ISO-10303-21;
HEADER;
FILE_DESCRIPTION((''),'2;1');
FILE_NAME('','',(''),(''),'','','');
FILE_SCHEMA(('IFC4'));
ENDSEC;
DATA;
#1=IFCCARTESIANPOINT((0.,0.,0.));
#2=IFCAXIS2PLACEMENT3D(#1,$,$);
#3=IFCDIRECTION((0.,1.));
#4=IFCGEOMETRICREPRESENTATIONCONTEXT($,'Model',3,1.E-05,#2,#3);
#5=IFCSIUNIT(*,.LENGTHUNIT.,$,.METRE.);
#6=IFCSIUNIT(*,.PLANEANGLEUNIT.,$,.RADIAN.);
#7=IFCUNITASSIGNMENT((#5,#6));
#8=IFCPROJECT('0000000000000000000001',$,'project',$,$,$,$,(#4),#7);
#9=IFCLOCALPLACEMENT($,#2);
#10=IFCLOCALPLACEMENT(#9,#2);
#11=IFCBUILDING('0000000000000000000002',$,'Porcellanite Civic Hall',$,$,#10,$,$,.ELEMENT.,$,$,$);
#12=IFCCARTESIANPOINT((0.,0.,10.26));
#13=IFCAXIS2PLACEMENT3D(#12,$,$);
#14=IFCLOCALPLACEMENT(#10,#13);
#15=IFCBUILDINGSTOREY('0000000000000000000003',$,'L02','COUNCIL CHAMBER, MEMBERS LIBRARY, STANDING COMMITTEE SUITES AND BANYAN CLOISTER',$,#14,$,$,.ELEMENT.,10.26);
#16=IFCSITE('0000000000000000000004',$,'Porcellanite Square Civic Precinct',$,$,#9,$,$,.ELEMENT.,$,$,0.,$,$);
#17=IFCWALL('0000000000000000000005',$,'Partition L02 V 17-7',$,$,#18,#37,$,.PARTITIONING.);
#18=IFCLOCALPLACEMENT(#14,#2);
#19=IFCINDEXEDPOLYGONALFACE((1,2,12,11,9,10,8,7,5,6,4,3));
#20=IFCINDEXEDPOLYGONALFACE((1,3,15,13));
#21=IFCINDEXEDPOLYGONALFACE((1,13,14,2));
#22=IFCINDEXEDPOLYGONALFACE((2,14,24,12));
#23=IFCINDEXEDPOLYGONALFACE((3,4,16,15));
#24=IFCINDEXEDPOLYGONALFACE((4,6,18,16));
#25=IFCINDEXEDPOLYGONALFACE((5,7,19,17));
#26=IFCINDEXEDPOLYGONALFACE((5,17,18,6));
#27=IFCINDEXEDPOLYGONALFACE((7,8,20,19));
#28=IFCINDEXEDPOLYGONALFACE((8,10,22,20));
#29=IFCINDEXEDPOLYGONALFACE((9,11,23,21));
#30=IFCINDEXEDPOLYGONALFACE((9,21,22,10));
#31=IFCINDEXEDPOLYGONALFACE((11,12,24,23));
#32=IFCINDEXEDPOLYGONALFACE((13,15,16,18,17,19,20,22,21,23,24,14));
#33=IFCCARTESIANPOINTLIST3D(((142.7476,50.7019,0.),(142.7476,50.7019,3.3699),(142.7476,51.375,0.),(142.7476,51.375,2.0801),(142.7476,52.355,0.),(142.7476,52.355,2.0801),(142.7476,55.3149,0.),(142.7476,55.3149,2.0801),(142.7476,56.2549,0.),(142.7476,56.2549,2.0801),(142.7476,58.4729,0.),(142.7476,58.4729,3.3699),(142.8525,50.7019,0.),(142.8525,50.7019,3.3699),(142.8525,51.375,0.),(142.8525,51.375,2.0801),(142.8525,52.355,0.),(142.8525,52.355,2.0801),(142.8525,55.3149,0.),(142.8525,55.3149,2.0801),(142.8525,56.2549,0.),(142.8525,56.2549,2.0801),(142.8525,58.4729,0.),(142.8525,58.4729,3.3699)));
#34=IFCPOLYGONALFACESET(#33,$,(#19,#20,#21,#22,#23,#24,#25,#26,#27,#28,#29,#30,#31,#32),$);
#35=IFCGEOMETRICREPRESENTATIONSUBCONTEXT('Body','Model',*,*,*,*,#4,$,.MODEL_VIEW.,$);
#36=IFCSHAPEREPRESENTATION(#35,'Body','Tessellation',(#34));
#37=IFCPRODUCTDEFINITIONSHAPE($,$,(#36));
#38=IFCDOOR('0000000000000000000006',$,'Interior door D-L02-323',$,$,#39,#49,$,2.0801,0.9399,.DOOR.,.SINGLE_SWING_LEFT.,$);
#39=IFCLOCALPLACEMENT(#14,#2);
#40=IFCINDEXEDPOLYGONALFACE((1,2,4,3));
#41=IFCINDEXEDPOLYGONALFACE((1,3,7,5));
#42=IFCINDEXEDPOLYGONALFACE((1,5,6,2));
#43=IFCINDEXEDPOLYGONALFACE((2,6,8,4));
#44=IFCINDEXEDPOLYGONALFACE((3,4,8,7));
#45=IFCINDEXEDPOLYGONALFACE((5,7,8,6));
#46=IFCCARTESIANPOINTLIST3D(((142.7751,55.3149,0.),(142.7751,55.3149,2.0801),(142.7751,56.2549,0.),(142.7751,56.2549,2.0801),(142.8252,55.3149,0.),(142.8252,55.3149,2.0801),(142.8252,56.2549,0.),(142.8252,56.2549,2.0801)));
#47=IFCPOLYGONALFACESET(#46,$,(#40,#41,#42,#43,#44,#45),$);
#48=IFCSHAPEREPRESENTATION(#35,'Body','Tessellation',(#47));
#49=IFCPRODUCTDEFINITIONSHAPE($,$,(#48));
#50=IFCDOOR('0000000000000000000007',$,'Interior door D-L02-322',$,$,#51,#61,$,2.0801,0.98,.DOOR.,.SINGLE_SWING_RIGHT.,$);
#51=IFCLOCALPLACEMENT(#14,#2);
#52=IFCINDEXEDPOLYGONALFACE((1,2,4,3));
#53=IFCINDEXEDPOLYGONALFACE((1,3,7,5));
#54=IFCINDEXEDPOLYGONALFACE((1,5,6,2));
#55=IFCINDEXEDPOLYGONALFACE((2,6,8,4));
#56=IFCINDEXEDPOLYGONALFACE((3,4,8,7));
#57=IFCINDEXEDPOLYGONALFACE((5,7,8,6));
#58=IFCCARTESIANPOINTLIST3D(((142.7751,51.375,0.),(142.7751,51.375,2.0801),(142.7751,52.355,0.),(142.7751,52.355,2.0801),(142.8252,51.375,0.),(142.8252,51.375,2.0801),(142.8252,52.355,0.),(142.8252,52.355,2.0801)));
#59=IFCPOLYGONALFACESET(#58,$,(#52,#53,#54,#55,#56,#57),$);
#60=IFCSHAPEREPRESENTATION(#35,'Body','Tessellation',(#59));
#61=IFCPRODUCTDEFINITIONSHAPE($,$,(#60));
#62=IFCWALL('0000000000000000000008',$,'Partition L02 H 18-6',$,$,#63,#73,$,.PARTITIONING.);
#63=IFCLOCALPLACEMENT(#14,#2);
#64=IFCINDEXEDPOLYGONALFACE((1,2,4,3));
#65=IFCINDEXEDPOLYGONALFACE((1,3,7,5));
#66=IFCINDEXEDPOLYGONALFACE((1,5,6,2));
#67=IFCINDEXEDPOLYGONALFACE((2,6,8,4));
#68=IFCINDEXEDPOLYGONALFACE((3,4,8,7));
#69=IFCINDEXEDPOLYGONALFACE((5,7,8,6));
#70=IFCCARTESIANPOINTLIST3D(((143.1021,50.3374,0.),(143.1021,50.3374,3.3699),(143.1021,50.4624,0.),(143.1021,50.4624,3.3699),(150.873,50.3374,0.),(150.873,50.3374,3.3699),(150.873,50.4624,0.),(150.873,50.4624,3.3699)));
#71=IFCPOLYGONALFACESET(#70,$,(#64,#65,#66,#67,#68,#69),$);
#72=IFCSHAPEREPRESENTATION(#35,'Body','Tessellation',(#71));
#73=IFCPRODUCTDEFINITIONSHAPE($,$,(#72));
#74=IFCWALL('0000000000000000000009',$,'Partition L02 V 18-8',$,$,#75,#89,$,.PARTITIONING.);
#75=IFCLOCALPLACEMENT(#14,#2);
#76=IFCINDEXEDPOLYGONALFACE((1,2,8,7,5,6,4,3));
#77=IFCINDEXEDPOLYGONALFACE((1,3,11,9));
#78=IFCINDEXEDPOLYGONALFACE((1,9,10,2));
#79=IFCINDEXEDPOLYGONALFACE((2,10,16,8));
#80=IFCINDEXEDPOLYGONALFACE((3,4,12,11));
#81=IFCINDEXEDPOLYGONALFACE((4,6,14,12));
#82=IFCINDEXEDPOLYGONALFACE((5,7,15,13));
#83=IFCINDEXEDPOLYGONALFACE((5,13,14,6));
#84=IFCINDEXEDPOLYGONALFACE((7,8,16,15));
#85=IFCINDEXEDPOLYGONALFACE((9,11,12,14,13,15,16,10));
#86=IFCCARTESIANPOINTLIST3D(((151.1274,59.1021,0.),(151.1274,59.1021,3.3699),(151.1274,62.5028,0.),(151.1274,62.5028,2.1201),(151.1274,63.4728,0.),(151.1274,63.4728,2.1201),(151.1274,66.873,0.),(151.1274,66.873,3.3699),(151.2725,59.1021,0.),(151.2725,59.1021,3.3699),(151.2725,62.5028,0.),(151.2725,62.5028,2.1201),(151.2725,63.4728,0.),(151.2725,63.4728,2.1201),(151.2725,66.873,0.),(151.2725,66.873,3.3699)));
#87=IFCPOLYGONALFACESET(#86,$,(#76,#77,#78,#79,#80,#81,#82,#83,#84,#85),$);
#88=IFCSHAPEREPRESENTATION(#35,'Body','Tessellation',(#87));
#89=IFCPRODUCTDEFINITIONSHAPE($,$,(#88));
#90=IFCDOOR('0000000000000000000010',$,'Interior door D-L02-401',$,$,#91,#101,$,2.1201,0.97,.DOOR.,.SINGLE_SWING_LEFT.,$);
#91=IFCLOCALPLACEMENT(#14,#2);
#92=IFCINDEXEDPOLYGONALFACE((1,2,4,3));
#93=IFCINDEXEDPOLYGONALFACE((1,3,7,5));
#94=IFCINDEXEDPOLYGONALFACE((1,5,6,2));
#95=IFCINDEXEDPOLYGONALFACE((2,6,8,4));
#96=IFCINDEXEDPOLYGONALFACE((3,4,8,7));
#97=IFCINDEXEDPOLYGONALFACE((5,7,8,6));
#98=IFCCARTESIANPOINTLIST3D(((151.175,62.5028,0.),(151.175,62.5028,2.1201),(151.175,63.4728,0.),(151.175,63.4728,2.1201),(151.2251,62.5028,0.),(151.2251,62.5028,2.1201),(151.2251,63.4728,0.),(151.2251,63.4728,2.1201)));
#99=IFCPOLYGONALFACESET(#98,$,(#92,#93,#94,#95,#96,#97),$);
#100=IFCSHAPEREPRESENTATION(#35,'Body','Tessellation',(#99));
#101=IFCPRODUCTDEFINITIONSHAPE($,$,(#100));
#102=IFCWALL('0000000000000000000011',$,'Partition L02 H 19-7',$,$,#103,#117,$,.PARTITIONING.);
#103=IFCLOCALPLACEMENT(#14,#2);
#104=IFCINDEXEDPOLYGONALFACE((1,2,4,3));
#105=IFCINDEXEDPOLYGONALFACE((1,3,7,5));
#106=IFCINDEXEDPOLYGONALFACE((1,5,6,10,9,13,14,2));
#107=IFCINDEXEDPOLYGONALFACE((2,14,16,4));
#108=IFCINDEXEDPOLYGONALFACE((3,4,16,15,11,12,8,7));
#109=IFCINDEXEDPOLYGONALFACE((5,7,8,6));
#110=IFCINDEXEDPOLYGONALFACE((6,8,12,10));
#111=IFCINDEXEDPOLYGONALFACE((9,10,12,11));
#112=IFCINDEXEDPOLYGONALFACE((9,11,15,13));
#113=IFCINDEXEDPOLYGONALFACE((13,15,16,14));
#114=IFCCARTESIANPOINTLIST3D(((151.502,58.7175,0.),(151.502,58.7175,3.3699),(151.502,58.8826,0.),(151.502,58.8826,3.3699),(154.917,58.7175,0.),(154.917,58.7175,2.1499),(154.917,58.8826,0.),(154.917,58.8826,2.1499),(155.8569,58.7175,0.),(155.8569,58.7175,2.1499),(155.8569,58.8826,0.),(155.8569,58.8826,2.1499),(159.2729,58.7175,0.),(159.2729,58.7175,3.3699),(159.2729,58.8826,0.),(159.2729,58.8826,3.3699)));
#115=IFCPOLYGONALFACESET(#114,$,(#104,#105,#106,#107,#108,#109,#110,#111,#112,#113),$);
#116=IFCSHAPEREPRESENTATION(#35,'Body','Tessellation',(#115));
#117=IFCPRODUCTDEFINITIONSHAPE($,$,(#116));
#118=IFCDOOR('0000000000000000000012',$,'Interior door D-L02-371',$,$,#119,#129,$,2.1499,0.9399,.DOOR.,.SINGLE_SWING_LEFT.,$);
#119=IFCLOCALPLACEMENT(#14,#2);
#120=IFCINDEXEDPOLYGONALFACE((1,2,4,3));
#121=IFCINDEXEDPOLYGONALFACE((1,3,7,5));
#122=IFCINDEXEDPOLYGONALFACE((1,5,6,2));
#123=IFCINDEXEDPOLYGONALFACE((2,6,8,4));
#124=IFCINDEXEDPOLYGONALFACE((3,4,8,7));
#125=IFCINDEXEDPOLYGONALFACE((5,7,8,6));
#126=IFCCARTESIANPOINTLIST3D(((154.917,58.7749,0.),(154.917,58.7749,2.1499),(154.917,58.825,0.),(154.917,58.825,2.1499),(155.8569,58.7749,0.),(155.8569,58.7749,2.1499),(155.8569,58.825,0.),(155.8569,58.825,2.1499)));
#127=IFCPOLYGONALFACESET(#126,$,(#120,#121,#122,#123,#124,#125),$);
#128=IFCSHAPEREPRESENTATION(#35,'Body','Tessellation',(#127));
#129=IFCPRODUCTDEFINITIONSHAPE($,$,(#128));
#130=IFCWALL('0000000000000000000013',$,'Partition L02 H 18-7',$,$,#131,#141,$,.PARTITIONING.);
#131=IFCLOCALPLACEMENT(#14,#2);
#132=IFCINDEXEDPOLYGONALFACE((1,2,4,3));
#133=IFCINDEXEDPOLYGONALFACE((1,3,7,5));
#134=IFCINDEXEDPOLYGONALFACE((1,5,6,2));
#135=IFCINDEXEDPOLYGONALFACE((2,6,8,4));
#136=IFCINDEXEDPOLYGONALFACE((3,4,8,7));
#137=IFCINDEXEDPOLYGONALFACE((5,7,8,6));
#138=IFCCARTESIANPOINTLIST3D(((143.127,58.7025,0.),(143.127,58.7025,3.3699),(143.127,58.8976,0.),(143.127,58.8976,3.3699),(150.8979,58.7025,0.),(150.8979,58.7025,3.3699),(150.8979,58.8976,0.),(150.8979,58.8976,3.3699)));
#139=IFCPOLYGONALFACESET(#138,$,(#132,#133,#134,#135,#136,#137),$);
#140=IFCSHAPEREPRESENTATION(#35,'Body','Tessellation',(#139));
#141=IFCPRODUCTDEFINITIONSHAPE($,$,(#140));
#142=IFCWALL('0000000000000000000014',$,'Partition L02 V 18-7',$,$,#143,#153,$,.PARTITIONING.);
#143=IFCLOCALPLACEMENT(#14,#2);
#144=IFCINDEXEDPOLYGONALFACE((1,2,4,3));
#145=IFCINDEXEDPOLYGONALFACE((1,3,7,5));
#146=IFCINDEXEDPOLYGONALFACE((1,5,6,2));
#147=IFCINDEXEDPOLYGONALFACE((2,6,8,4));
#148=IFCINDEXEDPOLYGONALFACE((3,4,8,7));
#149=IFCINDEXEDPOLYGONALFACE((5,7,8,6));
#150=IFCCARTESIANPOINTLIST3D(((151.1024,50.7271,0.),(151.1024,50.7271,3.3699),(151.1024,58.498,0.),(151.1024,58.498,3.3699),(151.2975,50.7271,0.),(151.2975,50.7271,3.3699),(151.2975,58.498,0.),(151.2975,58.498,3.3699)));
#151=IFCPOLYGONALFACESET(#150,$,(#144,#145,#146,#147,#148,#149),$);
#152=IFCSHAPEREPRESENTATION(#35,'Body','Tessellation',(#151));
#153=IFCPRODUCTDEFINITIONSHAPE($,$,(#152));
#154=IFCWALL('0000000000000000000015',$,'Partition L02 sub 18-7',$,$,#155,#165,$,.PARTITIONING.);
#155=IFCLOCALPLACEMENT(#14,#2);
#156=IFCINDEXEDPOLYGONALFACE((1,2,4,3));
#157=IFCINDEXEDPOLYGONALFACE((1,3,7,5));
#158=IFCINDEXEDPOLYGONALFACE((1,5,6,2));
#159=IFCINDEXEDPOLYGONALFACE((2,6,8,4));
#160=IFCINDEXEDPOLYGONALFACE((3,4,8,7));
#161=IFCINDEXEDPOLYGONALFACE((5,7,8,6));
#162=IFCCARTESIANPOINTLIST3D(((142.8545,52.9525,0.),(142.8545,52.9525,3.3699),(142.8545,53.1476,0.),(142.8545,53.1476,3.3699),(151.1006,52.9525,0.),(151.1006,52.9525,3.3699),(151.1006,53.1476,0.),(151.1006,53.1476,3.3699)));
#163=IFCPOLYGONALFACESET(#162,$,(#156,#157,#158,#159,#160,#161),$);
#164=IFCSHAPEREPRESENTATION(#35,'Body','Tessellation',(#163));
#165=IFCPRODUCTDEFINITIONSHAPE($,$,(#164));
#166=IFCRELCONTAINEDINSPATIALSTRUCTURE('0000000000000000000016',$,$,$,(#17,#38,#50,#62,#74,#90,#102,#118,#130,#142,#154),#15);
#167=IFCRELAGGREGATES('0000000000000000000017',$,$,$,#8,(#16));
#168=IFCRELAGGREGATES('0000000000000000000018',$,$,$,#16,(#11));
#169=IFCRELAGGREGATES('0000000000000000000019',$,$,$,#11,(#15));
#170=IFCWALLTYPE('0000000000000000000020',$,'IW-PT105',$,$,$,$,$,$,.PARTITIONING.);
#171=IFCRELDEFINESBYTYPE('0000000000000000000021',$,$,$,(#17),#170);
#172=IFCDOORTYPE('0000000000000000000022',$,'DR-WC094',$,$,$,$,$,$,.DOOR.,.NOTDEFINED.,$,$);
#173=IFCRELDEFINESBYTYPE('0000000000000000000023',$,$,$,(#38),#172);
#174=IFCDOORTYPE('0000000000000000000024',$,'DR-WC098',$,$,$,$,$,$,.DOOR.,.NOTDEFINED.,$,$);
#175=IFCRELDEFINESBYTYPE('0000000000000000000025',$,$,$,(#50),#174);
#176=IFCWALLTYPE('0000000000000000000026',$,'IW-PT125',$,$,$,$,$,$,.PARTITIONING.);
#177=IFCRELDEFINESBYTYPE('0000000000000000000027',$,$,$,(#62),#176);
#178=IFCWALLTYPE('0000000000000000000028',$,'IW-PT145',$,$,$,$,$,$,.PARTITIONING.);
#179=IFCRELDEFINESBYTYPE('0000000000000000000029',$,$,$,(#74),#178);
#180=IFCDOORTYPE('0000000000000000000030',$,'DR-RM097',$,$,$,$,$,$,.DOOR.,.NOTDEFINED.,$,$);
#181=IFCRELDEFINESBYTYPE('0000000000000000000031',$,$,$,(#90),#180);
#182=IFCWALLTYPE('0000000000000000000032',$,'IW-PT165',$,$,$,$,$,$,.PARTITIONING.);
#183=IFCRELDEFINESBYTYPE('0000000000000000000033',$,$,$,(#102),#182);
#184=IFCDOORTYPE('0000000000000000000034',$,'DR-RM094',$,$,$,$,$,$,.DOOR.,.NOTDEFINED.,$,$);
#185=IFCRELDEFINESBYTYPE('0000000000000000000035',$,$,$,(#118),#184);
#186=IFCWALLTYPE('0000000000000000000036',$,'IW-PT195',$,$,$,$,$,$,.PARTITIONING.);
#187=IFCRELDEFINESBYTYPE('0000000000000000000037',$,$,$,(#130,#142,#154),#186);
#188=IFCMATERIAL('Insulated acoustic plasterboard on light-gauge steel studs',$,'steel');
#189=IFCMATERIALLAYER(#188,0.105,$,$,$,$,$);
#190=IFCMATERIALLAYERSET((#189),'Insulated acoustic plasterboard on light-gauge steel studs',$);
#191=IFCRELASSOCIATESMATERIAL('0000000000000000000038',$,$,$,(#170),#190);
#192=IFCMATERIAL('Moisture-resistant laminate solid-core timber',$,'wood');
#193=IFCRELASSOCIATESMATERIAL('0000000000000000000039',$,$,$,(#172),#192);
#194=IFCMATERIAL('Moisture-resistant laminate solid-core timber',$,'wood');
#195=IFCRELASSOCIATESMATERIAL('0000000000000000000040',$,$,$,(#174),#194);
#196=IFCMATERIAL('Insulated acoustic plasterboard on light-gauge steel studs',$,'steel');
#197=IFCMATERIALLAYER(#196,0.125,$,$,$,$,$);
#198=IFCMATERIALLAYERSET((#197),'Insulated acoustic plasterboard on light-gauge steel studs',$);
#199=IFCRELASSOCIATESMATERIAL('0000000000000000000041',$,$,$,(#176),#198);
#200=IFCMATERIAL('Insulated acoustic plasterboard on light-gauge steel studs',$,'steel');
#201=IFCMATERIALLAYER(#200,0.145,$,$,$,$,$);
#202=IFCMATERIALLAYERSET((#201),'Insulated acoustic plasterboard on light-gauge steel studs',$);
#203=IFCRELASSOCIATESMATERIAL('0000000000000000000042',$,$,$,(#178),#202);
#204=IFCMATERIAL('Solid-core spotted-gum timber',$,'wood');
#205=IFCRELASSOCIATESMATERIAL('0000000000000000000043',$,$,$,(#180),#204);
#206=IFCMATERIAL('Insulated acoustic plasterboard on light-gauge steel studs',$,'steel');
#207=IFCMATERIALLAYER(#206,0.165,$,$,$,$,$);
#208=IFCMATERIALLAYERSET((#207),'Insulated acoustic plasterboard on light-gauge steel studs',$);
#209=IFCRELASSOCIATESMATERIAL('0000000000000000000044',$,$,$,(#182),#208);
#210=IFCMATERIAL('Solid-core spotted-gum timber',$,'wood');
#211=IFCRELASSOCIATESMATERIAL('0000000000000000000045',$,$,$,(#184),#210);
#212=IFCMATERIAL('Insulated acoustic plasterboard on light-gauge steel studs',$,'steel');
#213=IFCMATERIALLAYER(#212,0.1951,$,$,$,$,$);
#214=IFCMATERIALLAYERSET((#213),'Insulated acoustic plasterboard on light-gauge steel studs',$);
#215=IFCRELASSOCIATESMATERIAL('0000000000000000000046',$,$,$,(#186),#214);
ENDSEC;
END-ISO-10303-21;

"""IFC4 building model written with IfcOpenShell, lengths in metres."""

from ifc_helpers import new_model, si_unit, direction, frame, frame_2d, origin, place, context, subcontext, project, spatial, rectangle, extrude, material, layer, layer_set, type_object, element, fill, save


model = new_model("IFC4")

# Units and contexts
model_context = context("Model", 3, precision=1e-05, world=origin(), true_north=direction((0.0, 1.0)))
body_context = subcontext(model_context, "Body", "Model", "MODEL_VIEW")
ifc_project = project(units=[si_unit("LENGTHUNIT", "METRE"), si_unit("PLANEANGLEUNIT", "RADIAN")], contexts=[model_context])

# Site, building, storey
site_placement = place(None, origin())
site = spatial("IfcSite", under=ifc_project, at=site_placement, Name="Porcellanite Square Civic Precinct", CompositionType="ELEMENT", RefElevation=0.0)
building_placement = place(site_placement, origin())
building = spatial("IfcBuilding", under=site, at=building_placement, Name="Porcellanite Civic Hall", CompositionType="ELEMENT")
storey_placement = place(building_placement, frame((0.0, 0.0, 10.26)))
storey = spatial("IfcBuildingStorey", under=building, at=storey_placement, Name="L02", Description="COUNCIL CHAMBER, MEMBERS LIBRARY, STANDING COMMITTEE SUITES AND BANYAN CLOISTER", CompositionType="ELEMENT", Elevation=10.26)

# Wall, openings, doors
ifc_material_1 = material(Name="Insulated acoustic plasterboard on light-gauge steel studs", Category="steel")
ifc_layer_1 = layer(ifc_material_1, 0.105)
ifc_layer_set_1 = layer_set([ifc_layer_1], Name="Insulated acoustic plasterboard on light-gauge steel studs")
wall_type_1 = type_object("IfcWallType", Name="IW-PT105", PredefinedType="PARTITIONING", material=ifc_layer_set_1)
wall_1_placement = place(storey_placement, frame((142.8, 50.7019, 0.0), z_axis=(0.0, 0.0, 1.0), x_axis=(0.0, 1.0, 0.0)))
wall_1 = element("IfcWall", 1, at=wall_1_placement, inside=storey, type_object=wall_type_1, Name="Partition L02 V 17-7", PredefinedType="PARTITIONING", context=body_context, shape_type="SweptSolid", body=[
    extrude(rectangle(XDim=7.771, YDim=0.105, at=frame_2d((3.8855, 0.0))), origin(), (0.0, 0.0, 1.0), 3.3699),
])
opening_1_placement = place(wall_1_placement, frame((0.6731, 0.0, 0.0)))
opening_1 = element("IfcOpeningElement", 2, at=opening_1_placement, cuts=wall_1, PredefinedType="OPENING", context=body_context, shape_type="SweptSolid", body=[
    extrude(rectangle(XDim=0.98, YDim=2.0801, at=frame_2d((0.49, 1.04))), frame((0.0, 0.0525, 0.0), z_axis=(0.0, -1.0, 0.0), x_axis=(1.0, 0.0, 0.0)), (0.0, 0.0, 1.0), 0.105),
])
opening_2_placement = place(wall_1_placement, frame((4.613, 0.0, 0.0)))
opening_2 = element("IfcOpeningElement", 3, at=opening_2_placement, cuts=wall_1, PredefinedType="OPENING", context=body_context, shape_type="SweptSolid", body=[
    extrude(rectangle(XDim=0.9399, YDim=2.0801, at=frame_2d((0.47, 1.04))), frame((0.0, 0.0525, 0.0), z_axis=(0.0, -1.0, 0.0), x_axis=(1.0, 0.0, 0.0)), (0.0, 0.0, 1.0), 0.105),
])
ifc_material_2 = material(Name="Moisture-resistant laminate solid-core timber", Category="wood")
door_type_1 = type_object("IfcDoorType", Name="DR-WC094", OperationType="NOTDEFINED", PredefinedType="DOOR", material=ifc_material_2)
door_1_placement = place(opening_2_placement, origin())
door_1 = element("IfcDoor", 4, at=door_1_placement, inside=storey, type_object=door_type_1, Name="Interior door D-L02-323", OperationType="SINGLE_SWING_LEFT", OverallHeight=2.0801, OverallWidth=0.9399, PredefinedType="DOOR", context=body_context, shape_type="SweptSolid", body=[
    extrude(rectangle(XDim=0.9399, YDim=2.0801, at=frame_2d((0.47, 1.04))), frame((0.0, 0.0249, 0.0), z_axis=(0.0, -1.0, 0.0), x_axis=(1.0, 0.0, 0.0)), (0.0, 0.0, 1.0), 0.05),
])
fill(opening_2, door_1)
ifc_material_3 = material(Name="Moisture-resistant laminate solid-core timber", Category="wood")
door_type_2 = type_object("IfcDoorType", Name="DR-WC098", OperationType="NOTDEFINED", PredefinedType="DOOR", material=ifc_material_3)
door_2_placement = place(opening_1_placement, origin())
door_2 = element("IfcDoor", 5, at=door_2_placement, inside=storey, type_object=door_type_2, Name="Interior door D-L02-322", OperationType="SINGLE_SWING_RIGHT", OverallHeight=2.0801, OverallWidth=0.98, PredefinedType="DOOR", context=body_context, shape_type="SweptSolid", body=[
    extrude(rectangle(XDim=0.98, YDim=2.0801, at=frame_2d((0.49, 1.04))), frame((0.0, 0.0249, 0.0), z_axis=(0.0, -1.0, 0.0), x_axis=(1.0, 0.0, 0.0)), (0.0, 0.0, 1.0), 0.05),
])
fill(opening_1, door_2)

# Wall
ifc_material_4 = material(Name="Insulated acoustic plasterboard on light-gauge steel studs", Category="steel")
ifc_layer_2 = layer(ifc_material_4, 0.125)
ifc_layer_set_2 = layer_set([ifc_layer_2], Name="Insulated acoustic plasterboard on light-gauge steel studs")
wall_type_2 = type_object("IfcWallType", Name="IW-PT125", PredefinedType="PARTITIONING", material=ifc_layer_set_2)
wall_2_placement = place(storey_placement, frame((143.1021, 50.3999, 0.0), z_axis=(0.0, 0.0, 1.0), x_axis=(1.0, 0.0, 0.0)))
element("IfcWall", 6, at=wall_2_placement, inside=storey, type_object=wall_type_2, Name="Partition L02 H 18-6", PredefinedType="PARTITIONING", context=body_context, shape_type="SweptSolid", body=[
    extrude(rectangle(XDim=7.771, YDim=0.125, at=frame_2d((3.8855, 0.0))), origin(), (0.0, 0.0, 1.0), 3.3699),
])

# Walls, openings, doors
ifc_material_5 = material(Name="Insulated acoustic plasterboard on light-gauge steel studs", Category="steel")
ifc_layer_3 = layer(ifc_material_5, 0.145)
ifc_layer_set_3 = layer_set([ifc_layer_3], Name="Insulated acoustic plasterboard on light-gauge steel studs")
wall_type_3 = type_object("IfcWallType", Name="IW-PT145", PredefinedType="PARTITIONING", material=ifc_layer_set_3)
wall_3_placement = place(storey_placement, frame((151.2, 59.1021, 0.0), z_axis=(0.0, 0.0, 1.0), x_axis=(0.0, 1.0, 0.0)))
wall_3 = element("IfcWall", 7, at=wall_3_placement, inside=storey, type_object=wall_type_3, Name="Partition L02 V 18-8", PredefinedType="PARTITIONING", context=body_context, shape_type="SweptSolid", body=[
    extrude(rectangle(XDim=7.771, YDim=0.145, at=frame_2d((3.8855, 0.0))), origin(), (0.0, 0.0, 1.0), 3.3699),
])
opening_3_placement = place(wall_3_placement, frame((3.4009, 0.0, 0.0)))
opening_3 = element("IfcOpeningElement", 8, at=opening_3_placement, cuts=wall_3, PredefinedType="OPENING", context=body_context, shape_type="SweptSolid", body=[
    extrude(rectangle(XDim=0.97, YDim=2.1201, at=frame_2d((0.4849, 1.0601))), frame((0.0, 0.0725, 0.0), z_axis=(0.0, -1.0, 0.0), x_axis=(1.0, 0.0, 0.0)), (0.0, 0.0, 1.0), 0.145),
])
ifc_material_6 = material(Name="Solid-core spotted-gum timber", Category="wood")
door_type_3 = type_object("IfcDoorType", Name="DR-RM097", OperationType="NOTDEFINED", PredefinedType="DOOR", material=ifc_material_6)
door_3_placement = place(opening_3_placement, origin())
door_3 = element("IfcDoor", 9, at=door_3_placement, inside=storey, type_object=door_type_3, Name="Interior door D-L02-401", OperationType="SINGLE_SWING_LEFT", OverallHeight=2.1201, OverallWidth=0.97, PredefinedType="DOOR", context=body_context, shape_type="SweptSolid", body=[
    extrude(rectangle(XDim=0.97, YDim=2.1201, at=frame_2d((0.4849, 1.0601))), frame((0.0, 0.0249, 0.0), z_axis=(0.0, -1.0, 0.0), x_axis=(1.0, 0.0, 0.0)), (0.0, 0.0, 1.0), 0.05),
])
fill(opening_3, door_3)
ifc_material_7 = material(Name="Insulated acoustic plasterboard on light-gauge steel studs", Category="steel")
ifc_layer_4 = layer(ifc_material_7, 0.165)
ifc_layer_set_4 = layer_set([ifc_layer_4], Name="Insulated acoustic plasterboard on light-gauge steel studs")
wall_type_4 = type_object("IfcWallType", Name="IW-PT165", PredefinedType="PARTITIONING", material=ifc_layer_set_4)
wall_4_placement = place(storey_placement, frame((151.502, 58.8, 0.0), z_axis=(0.0, 0.0, 1.0), x_axis=(1.0, 0.0, 0.0)))
wall_4 = element("IfcWall", 10, at=wall_4_placement, inside=storey, type_object=wall_type_4, Name="Partition L02 H 19-7", PredefinedType="PARTITIONING", context=body_context, shape_type="SweptSolid", body=[
    extrude(rectangle(XDim=7.771, YDim=0.165, at=frame_2d((3.8855, 0.0))), origin(), (0.0, 0.0, 1.0), 3.3699),
])
opening_4_placement = place(wall_4_placement, frame((3.415, 0.0, 0.0)))
opening_4 = element("IfcOpeningElement", 11, at=opening_4_placement, cuts=wall_4, PredefinedType="OPENING", context=body_context, shape_type="SweptSolid", body=[
    extrude(rectangle(XDim=0.9399, YDim=2.1499, at=frame_2d((0.47, 1.075))), frame((0.0, 0.0825, 0.0), z_axis=(0.0, -1.0, 0.0), x_axis=(1.0, 0.0, 0.0)), (0.0, 0.0, 1.0), 0.165),
])
ifc_material_8 = material(Name="Solid-core spotted-gum timber", Category="wood")
door_type_4 = type_object("IfcDoorType", Name="DR-RM094", OperationType="NOTDEFINED", PredefinedType="DOOR", material=ifc_material_8)
door_4_placement = place(opening_4_placement, origin())
door_4 = element("IfcDoor", 12, at=door_4_placement, inside=storey, type_object=door_type_4, Name="Interior door D-L02-371", OperationType="SINGLE_SWING_LEFT", OverallHeight=2.1499, OverallWidth=0.9399, PredefinedType="DOOR", context=body_context, shape_type="SweptSolid", body=[
    extrude(rectangle(XDim=0.9399, YDim=2.1499, at=frame_2d((0.47, 1.075))), frame((0.0, 0.0249, 0.0), z_axis=(0.0, -1.0, 0.0), x_axis=(1.0, 0.0, 0.0)), (0.0, 0.0, 1.0), 0.05),
])
fill(opening_4, door_4)

# Walls
ifc_material_9 = material(Name="Insulated acoustic plasterboard on light-gauge steel studs", Category="steel")
ifc_layer_5 = layer(ifc_material_9, 0.1951)
ifc_layer_set_5 = layer_set([ifc_layer_5], Name="Insulated acoustic plasterboard on light-gauge steel studs")
wall_type_5 = type_object("IfcWallType", Name="IW-PT195", PredefinedType="PARTITIONING", material=ifc_layer_set_5)
for number, where, z_axis, x_axis, name in (
    (13, (143.127, 58.8, 0.0), (0.0, 0.0, 1.0), (1.0, 0.0, 0.0), "Partition L02 H 18-7"),
    (14, (151.2, 50.7271, 0.0), (0.0, 0.0, 1.0), (0.0, 1.0, 0.0), "Partition L02 V 18-7"),
):
    element("IfcWall", number, at=place(storey_placement, frame(where, z_axis=z_axis, x_axis=x_axis)), inside=storey, type_object=wall_type_5, Name=name, PredefinedType="PARTITIONING", context=body_context, shape_type="SweptSolid", body=[
        extrude(rectangle(XDim=7.771, YDim=0.1951, at=frame_2d((3.8855, 0.0))), origin(), (0.0, 0.0, 1.0), 3.3699),
    ])
wall_5_placement = place(storey_placement, frame((142.8545, 53.05, 0.0), z_axis=(0.0, 0.0, 1.0), x_axis=(1.0, 0.0, 0.0)))
element("IfcWall", 15, at=wall_5_placement, inside=storey, type_object=wall_type_5, Name="Partition L02 sub 18-7", PredefinedType="PARTITIONING", context=body_context, shape_type="SweptSolid", body=[
    extrude(rectangle(XDim=8.2461, YDim=0.1951, at=frame_2d((4.123, 0.0))), origin(), (0.0, 0.0, 1.0), 3.3699),
])

save(model, "model.ifc")
